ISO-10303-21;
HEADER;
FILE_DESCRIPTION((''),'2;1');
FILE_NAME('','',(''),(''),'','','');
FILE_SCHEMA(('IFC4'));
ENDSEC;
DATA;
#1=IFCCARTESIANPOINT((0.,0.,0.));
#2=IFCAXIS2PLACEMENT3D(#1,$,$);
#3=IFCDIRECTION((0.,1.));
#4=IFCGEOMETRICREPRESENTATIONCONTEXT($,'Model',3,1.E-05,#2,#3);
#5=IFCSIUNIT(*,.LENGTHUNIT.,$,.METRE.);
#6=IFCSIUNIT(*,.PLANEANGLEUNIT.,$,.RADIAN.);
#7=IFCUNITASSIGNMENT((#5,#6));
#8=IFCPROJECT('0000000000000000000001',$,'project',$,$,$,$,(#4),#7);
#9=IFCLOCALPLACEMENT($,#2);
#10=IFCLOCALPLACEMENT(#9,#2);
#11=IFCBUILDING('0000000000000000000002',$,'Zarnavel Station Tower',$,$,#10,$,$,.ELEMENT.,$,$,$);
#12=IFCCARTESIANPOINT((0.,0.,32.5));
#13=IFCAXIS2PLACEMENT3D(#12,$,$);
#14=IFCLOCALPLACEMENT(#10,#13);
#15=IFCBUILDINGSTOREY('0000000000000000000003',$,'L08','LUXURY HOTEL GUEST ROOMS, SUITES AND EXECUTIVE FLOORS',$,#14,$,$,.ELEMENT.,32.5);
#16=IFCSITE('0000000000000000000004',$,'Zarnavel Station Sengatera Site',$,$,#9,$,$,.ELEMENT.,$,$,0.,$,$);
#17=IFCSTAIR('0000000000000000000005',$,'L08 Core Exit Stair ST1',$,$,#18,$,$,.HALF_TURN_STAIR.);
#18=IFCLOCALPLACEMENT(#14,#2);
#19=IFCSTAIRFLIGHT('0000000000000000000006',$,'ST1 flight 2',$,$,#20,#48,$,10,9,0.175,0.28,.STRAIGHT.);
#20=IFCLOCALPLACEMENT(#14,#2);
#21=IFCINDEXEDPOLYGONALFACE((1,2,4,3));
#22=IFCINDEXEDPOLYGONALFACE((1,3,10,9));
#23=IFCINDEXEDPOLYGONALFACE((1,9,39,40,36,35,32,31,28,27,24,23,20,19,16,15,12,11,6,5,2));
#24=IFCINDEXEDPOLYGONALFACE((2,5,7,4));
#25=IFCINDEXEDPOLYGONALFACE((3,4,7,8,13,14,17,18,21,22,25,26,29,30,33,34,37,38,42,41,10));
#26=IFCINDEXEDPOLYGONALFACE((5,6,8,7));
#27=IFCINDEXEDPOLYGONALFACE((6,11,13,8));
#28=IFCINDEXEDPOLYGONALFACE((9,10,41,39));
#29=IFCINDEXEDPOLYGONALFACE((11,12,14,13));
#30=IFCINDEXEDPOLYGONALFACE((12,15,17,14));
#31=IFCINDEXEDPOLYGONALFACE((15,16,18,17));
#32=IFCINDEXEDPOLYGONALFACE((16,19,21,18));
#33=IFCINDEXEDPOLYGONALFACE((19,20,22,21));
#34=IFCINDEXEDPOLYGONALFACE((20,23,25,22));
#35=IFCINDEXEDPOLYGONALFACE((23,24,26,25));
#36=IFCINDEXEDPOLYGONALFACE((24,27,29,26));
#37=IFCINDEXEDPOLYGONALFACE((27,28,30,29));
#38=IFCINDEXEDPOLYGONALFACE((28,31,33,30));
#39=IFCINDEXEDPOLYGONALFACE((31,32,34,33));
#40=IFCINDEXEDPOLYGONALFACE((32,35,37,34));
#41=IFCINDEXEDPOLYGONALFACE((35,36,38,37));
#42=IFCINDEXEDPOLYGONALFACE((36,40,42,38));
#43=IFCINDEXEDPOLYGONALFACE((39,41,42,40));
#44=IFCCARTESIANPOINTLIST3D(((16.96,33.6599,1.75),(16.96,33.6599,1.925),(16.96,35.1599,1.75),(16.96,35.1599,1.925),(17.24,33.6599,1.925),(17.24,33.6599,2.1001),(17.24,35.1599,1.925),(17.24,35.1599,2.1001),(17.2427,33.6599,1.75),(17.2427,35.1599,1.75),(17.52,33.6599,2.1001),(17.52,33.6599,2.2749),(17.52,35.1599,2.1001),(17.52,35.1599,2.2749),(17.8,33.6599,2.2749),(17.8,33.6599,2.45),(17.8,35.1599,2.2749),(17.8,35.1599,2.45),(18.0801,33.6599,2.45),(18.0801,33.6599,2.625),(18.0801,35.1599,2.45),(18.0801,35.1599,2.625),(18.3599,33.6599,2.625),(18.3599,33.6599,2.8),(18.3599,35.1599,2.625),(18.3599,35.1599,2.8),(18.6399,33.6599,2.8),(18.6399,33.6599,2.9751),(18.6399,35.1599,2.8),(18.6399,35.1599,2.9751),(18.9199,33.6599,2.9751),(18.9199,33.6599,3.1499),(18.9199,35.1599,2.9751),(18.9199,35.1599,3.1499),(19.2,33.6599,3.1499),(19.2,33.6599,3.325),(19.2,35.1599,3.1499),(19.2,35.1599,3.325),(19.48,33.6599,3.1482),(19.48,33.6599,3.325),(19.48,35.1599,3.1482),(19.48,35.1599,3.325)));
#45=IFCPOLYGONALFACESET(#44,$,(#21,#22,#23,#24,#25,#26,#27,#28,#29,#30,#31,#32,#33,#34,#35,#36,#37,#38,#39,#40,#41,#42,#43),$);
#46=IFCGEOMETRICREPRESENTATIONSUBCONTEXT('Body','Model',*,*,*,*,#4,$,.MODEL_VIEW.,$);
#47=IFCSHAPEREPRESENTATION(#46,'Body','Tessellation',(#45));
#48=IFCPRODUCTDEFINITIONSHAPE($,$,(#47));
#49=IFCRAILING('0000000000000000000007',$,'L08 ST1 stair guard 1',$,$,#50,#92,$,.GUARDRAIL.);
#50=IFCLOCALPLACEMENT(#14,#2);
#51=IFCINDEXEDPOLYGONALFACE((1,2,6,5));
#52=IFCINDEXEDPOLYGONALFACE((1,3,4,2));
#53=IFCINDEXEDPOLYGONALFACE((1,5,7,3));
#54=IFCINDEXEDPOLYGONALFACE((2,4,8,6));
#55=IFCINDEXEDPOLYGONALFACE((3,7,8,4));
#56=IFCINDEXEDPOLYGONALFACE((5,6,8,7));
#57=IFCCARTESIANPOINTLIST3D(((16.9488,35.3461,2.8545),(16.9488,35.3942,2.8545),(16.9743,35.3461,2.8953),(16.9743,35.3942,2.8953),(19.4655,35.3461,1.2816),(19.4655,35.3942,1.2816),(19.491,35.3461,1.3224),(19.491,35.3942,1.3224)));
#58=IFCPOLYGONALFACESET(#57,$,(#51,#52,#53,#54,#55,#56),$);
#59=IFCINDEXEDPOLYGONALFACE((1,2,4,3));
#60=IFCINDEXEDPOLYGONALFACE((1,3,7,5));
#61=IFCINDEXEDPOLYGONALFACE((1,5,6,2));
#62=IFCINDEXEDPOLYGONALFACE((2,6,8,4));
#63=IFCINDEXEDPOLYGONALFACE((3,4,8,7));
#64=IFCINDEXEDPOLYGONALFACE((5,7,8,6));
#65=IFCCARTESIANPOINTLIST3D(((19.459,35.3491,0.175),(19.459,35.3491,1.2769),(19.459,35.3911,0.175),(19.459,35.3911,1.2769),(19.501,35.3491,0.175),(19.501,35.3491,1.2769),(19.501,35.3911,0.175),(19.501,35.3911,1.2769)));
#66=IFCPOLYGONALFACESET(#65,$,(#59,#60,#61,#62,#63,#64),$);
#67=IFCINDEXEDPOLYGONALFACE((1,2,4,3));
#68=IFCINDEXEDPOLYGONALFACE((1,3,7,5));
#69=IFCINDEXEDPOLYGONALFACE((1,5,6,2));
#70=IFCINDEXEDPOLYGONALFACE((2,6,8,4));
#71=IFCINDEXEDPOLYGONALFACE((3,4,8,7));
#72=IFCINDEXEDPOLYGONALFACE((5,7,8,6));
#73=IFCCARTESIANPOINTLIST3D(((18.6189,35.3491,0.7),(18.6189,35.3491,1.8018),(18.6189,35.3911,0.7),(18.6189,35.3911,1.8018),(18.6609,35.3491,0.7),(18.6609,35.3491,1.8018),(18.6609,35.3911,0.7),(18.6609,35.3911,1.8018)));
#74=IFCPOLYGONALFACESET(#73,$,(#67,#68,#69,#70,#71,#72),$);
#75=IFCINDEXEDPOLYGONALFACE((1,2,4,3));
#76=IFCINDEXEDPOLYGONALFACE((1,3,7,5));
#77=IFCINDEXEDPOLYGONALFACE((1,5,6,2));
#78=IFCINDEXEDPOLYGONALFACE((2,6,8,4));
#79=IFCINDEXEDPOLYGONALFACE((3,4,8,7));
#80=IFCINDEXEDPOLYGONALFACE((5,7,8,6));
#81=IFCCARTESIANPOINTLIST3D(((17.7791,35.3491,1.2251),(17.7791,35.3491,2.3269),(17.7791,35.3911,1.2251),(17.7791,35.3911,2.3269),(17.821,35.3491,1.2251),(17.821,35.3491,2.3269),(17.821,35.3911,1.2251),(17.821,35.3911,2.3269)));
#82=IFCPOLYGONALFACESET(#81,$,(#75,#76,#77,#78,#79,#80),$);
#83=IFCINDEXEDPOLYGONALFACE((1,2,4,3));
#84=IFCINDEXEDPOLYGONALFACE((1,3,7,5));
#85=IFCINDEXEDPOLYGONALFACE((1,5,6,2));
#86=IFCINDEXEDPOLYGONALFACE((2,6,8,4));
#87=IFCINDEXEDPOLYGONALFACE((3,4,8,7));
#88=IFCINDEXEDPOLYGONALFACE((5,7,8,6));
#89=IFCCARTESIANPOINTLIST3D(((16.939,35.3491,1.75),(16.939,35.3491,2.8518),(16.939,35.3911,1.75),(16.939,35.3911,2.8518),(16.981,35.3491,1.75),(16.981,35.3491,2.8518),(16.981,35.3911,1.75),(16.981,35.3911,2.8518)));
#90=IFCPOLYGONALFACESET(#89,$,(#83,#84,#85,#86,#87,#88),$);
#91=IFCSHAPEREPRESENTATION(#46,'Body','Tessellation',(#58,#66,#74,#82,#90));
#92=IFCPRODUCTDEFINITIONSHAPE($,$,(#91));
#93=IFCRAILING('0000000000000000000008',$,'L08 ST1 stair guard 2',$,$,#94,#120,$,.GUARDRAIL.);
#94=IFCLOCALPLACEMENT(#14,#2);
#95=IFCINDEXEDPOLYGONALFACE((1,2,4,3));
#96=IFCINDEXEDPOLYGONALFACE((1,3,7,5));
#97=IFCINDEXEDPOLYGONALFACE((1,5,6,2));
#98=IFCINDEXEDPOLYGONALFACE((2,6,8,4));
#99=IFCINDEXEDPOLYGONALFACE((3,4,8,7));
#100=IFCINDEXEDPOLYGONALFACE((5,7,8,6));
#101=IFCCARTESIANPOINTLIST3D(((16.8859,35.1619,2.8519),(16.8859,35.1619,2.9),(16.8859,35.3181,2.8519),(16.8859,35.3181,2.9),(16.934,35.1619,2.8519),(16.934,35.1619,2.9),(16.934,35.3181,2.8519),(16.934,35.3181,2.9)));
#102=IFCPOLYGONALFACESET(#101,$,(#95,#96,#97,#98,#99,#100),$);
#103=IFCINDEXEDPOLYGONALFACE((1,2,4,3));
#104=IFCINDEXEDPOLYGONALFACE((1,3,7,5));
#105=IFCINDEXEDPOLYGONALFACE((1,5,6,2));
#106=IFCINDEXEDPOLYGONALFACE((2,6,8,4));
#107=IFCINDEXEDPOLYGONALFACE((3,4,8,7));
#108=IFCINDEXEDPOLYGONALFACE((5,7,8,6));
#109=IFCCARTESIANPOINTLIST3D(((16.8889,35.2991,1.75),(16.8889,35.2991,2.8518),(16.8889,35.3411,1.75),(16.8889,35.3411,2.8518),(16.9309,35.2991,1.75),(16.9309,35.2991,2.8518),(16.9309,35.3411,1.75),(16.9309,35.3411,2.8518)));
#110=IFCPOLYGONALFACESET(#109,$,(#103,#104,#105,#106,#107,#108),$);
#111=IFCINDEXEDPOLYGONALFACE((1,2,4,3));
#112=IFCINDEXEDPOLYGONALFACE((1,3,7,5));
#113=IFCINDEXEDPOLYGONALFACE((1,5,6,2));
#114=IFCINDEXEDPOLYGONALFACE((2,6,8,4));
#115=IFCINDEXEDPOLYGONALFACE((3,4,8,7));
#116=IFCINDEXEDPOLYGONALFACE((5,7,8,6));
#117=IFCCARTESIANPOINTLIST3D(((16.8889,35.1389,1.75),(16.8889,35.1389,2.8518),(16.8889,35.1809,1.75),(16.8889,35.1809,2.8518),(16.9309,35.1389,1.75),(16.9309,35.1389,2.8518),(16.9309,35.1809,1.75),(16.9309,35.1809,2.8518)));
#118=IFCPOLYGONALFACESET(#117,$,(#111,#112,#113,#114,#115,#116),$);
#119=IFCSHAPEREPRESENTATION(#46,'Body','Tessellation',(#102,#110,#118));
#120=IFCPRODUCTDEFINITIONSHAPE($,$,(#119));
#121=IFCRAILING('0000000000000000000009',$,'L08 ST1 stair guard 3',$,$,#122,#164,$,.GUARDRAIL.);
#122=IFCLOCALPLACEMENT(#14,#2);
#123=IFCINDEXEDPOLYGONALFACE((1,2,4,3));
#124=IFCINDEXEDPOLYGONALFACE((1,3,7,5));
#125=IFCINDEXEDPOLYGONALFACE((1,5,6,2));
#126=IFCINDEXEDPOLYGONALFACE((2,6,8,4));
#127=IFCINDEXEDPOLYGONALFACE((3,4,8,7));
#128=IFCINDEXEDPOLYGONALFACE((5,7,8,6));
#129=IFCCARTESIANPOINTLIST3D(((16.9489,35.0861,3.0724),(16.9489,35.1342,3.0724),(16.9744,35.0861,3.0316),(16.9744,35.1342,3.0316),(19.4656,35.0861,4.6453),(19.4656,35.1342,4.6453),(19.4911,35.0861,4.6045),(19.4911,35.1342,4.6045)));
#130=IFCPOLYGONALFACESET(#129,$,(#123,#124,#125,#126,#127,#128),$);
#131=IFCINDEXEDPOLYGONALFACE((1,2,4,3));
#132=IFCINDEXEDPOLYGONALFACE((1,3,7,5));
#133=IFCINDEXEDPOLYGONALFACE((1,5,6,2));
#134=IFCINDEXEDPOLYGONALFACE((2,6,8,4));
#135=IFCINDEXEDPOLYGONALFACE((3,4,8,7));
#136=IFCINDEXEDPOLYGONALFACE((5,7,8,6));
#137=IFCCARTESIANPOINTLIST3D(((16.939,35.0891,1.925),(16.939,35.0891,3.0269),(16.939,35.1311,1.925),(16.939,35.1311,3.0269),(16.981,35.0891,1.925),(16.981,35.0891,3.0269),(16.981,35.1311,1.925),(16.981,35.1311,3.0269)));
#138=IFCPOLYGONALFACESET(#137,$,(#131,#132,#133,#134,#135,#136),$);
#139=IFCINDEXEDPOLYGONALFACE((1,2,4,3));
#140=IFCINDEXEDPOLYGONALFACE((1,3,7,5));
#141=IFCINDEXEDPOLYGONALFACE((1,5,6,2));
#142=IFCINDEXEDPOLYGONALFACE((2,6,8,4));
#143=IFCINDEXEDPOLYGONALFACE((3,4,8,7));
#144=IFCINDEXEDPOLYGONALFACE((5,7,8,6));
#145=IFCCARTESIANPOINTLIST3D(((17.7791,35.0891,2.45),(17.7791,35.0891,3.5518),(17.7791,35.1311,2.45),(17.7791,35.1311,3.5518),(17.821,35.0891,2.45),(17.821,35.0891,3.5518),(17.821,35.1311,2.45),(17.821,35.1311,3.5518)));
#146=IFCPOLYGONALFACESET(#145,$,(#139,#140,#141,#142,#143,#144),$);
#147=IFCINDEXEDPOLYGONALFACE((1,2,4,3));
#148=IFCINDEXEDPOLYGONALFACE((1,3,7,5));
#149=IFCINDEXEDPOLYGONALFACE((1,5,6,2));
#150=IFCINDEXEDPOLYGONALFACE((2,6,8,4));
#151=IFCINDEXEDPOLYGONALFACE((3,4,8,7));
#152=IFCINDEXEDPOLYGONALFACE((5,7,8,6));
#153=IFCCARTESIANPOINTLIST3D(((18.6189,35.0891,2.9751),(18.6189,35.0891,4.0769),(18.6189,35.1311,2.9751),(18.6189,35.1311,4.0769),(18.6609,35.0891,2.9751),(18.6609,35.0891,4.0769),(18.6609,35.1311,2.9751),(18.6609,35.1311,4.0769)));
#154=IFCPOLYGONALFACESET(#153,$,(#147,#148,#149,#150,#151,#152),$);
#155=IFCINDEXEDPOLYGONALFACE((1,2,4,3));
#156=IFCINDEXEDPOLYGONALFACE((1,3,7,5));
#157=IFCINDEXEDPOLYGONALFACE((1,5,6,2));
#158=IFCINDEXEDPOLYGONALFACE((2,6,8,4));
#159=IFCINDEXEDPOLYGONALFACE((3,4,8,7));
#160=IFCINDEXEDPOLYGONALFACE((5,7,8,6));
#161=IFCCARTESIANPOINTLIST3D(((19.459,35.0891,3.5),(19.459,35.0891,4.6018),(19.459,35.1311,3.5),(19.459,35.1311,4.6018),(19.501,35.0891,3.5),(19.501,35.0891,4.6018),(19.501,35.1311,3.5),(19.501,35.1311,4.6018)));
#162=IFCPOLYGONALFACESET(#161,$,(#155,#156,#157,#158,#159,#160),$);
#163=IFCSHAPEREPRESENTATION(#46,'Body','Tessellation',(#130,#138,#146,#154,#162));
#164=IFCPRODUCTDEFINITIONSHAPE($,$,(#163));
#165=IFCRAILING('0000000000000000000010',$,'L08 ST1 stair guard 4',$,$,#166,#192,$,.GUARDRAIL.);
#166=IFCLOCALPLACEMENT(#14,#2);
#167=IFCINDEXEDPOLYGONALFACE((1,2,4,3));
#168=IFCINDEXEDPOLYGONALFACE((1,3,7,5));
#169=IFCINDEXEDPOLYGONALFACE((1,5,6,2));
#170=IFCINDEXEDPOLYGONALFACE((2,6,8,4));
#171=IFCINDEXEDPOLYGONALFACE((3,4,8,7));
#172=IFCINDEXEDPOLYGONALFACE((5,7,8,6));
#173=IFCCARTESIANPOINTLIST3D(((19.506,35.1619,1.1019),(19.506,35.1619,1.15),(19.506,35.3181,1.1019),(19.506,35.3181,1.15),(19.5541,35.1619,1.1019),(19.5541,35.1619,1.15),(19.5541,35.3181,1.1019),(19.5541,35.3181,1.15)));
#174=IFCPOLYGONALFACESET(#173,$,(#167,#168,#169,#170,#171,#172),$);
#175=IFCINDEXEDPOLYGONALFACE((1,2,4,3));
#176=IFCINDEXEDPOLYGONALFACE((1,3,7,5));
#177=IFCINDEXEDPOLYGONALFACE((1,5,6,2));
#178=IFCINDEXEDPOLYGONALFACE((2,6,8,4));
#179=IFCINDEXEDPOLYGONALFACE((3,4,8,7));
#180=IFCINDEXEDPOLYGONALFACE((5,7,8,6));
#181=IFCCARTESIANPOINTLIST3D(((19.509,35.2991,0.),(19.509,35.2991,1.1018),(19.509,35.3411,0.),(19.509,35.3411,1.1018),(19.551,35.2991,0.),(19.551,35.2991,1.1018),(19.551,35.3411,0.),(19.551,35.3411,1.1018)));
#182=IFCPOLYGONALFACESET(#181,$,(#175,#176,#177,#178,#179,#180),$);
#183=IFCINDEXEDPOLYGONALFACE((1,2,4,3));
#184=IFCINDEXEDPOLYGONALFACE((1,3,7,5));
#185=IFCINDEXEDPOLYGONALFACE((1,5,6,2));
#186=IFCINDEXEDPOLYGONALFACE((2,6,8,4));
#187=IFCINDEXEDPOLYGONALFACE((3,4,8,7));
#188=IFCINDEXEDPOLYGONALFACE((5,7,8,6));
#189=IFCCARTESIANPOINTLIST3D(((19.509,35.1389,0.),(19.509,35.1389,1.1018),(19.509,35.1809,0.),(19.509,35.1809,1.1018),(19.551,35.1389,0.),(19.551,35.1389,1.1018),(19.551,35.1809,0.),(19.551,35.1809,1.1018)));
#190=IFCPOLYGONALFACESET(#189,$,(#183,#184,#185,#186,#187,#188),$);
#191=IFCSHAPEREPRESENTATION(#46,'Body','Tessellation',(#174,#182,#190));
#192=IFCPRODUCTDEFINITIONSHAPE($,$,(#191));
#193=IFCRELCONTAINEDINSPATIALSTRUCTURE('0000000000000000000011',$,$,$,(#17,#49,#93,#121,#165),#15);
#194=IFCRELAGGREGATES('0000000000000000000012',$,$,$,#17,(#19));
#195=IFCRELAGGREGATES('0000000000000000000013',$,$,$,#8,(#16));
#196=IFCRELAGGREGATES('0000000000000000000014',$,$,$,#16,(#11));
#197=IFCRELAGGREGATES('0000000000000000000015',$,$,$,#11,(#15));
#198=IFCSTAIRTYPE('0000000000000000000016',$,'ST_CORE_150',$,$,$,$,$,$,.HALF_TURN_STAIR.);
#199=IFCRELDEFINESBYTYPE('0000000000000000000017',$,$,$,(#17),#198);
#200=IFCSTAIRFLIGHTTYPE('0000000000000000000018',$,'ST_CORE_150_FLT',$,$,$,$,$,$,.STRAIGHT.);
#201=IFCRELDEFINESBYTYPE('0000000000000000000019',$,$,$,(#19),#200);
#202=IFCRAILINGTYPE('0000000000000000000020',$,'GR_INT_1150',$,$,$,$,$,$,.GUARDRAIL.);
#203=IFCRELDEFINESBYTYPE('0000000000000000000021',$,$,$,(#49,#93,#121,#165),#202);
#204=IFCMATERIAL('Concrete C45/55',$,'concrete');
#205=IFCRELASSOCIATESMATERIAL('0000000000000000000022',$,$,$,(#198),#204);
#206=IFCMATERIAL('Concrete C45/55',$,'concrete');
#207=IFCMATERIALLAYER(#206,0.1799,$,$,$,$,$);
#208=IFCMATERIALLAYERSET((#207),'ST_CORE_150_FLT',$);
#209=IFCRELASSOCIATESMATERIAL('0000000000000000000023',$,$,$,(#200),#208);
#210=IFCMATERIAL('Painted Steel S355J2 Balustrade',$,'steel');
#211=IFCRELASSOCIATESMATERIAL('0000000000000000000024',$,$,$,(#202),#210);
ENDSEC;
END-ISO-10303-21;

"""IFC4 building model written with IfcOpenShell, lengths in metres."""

from ifc_helpers import new_model, si_unit, direction, frame, origin, origin_2d, place, context, subcontext, project, spatial, polyline, rectangle, outline, extrude, material, layer, layer_set, type_object, element, aggregate, save


model = new_model("IFC4")

# Units and contexts
model_context = context("Model", 3, precision=1e-05, world=origin(), true_north=direction((0.0, 1.0)))
body_context = subcontext(model_context, "Body", "Model", "MODEL_VIEW")
ifc_project = project(units=[si_unit("LENGTHUNIT", "METRE"), si_unit("PLANEANGLEUNIT", "RADIAN")], contexts=[model_context])

# Site, building, storey
site_placement = place(None, origin())
site = spatial("IfcSite", under=ifc_project, at=site_placement, Name="Zarnavel Station Sengatera Site", CompositionType="ELEMENT", RefElevation=0.0)
building_placement = place(site_placement, origin())
building = spatial("IfcBuilding", under=site, at=building_placement, Name="Zarnavel Station Tower", CompositionType="ELEMENT")
storey_placement = place(building_placement, frame((0.0, 0.0, 32.5)))
storey = spatial("IfcBuildingStorey", under=building, at=storey_placement, Name="L08", Description="LUXURY HOTEL GUEST ROOMS, SUITES AND EXECUTIVE FLOORS", CompositionType="ELEMENT", Elevation=32.5)

# Stair, stair flight
ifc_material_1 = material(Name="Concrete C45/55", Category="concrete")
stair_type = type_object("IfcStairType", Name="ST_CORE_150", PredefinedType="HALF_TURN_STAIR", material=ifc_material_1)
stair_placement = place(storey_placement, origin())
stair = element("IfcStair", 1, at=stair_placement, inside=storey, type_object=stair_type, Name="L08 Core Exit Stair ST1", PredefinedType="HALF_TURN_STAIR")
ifc_material_2 = material(Name="Concrete C45/55", Category="concrete")
ifc_layer_1 = layer(ifc_material_2, 0.1799)
ifc_layer_set_1 = layer_set([ifc_layer_1], Name="ST_CORE_150_FLT")
stair_flight_type = type_object("IfcStairFlightType", Name="ST_CORE_150_FLT", PredefinedType="STRAIGHT", material=ifc_layer_set_1)
stair_flight_1_placement = place(storey_placement, frame((16.96, 34.4099, 1.75), z_axis=(0.0, 0.0, 1.0), x_axis=(1.0, 0.0, 0.0)))
stair_flight_1 = element("IfcStairFlight", 2, at=stair_flight_1_placement, type_object=stair_flight_type, Name="ST1 flight 2", NumberOfRisers=10, NumberOfTreads=9, PredefinedType="STRAIGHT", RiserHeight=0.175, TreadLength=0.28, context=body_context, shape_type="SweptSolid", body=[
    extrude(outline(polyline([(0.0, 0.0), (0.0, 0.175), (0.28, 0.175), (0.28, 0.3501), (0.5601, 0.3501), (0.5601, 0.5249), (0.8401, 0.5249), (0.8401, 0.7), (1.1201, 0.7), (1.1201, 0.875), (1.3999, 0.875), (1.3999, 1.05), (1.6799, 1.05), (1.6799, 1.2251), (1.96, 1.2251), (1.96, 1.3999), (2.24, 1.3999), (2.24, 1.575), (2.52, 1.575), (2.52, 1.75), (2.52, 1.3982), (0.2827, 0.0), (0.0, 0.0)])), frame((0.0, 0.75, 0.0), z_axis=(0.0, -1.0, 0.0), x_axis=(1.0, 0.0, 0.0)), (0.0, 0.0, 1.0), 1.5),
])
aggregate(stair, [stair_flight_1])

# Railings
ifc_material_3 = material(Name="Painted Steel S355J2 Balustrade", Category="steel")
railing_type_1 = type_object("IfcRailingType", Name="GR_INT_1150", PredefinedType="GUARDRAIL", material=ifc_material_3)
railing_1_placement = place(storey_placement, frame((19.48, 35.3701, 0.175)))
element("IfcRailing", 3, at=railing_1_placement, inside=storey, type_object=railing_type_1, Name="L08 ST1 stair guard 1", PredefinedType="GUARDRAIL", context=body_context, shape_type="SweptSolid", body=[
    extrude(rectangle(XDim=0.0481, YDim=0.0481, at=origin_2d()), frame((-0.0017, 0.0, 1.127), z_axis=(-0.848008, 0.0, 0.529984), x_axis=(0.0, -1.0, 0.0)), (0.0, 0.0, 1.0), 2.9678),
    extrude(rectangle(XDim=0.042, YDim=0.042, at=origin_2d()), origin(), (0.0, 0.0, 1.0), 1.1018),
    extrude(rectangle(XDim=0.042, YDim=0.042, at=origin_2d()), frame((-0.8401, 0.0, 0.5249)), (0.0, 0.0, 1.0), 1.1018),
    extrude(rectangle(XDim=0.042, YDim=0.042, at=origin_2d()), frame((-1.6799, 0.0, 1.05)), (0.0, 0.0, 1.0), 1.1018),
    extrude(rectangle(XDim=0.042, YDim=0.042, at=origin_2d()), frame((-2.52, 0.0, 1.575)), (0.0, 0.0, 1.0), 1.1018),
])
railing_2_placement = place(storey_placement, frame((16.9099, 35.3201, 1.75)))
element("IfcRailing", 4, at=railing_2_placement, inside=storey, type_object=railing_type_1, Name="L08 ST1 stair guard 2", PredefinedType="GUARDRAIL", context=body_context, shape_type="SweptSolid", body=[
    extrude(rectangle(XDim=0.0481, YDim=0.0481, at=origin_2d()), frame((0.0, -0.002, 1.126), z_axis=(0.0, -1.0, 0.0), x_axis=(1.0, 0.0, 0.0)), (0.0, 0.0, 1.0), 0.1562),
    extrude(rectangle(XDim=0.042, YDim=0.042, at=origin_2d()), origin(), (0.0, 0.0, 1.0), 1.1018),
    extrude(rectangle(XDim=0.042, YDim=0.042, at=origin_2d()), frame((0.0, -0.1602, 0.0)), (0.0, 0.0, 1.0), 1.1018),
])
railing_3_placement = place(storey_placement, frame((16.96, 35.1101, 1.925)))
element("IfcRailing", 5, at=railing_3_placement, inside=storey, type_object=railing_type_1, Name="L08 ST1 stair guard 3", PredefinedType="GUARDRAIL", context=body_context, shape_type="SweptSolid", body=[
    extrude(rectangle(XDim=0.0481, YDim=0.0481, at=origin_2d()), frame((0.0017, 0.0, 1.127), z_axis=(0.848008, 0.0, 0.529984), x_axis=(0.0, 1.0, 0.0)), (0.0, 0.0, 1.0), 2.9678),
    extrude(rectangle(XDim=0.042, YDim=0.042, at=origin_2d()), origin(), (0.0, 0.0, 1.0), 1.1018),
    extrude(rectangle(XDim=0.042, YDim=0.042, at=origin_2d()), frame((0.8401, 0.0, 0.5249)), (0.0, 0.0, 1.0), 1.1018),
    extrude(rectangle(XDim=0.042, YDim=0.042, at=origin_2d()), frame((1.6799, 0.0, 1.05)), (0.0, 0.0, 1.0), 1.1018),
    extrude(rectangle(XDim=0.042, YDim=0.042, at=origin_2d()), frame((2.52, 0.0, 1.575)), (0.0, 0.0, 1.0), 1.1018),
])
railing_4_placement = place(storey_placement, frame((19.53, 35.3201, 0.0)))
element("IfcRailing", 6, at=railing_4_placement, inside=storey, type_object=railing_type_1, Name="L08 ST1 stair guard 4", PredefinedType="GUARDRAIL", context=body_context, shape_type="SweptSolid", body=[
    extrude(rectangle(XDim=0.0481, YDim=0.0481, at=origin_2d()), frame((0.0, -0.002, 1.126), z_axis=(0.0, -1.0, 0.0), x_axis=(1.0, 0.0, 0.0)), (0.0, 0.0, 1.0), 0.1562),
    extrude(rectangle(XDim=0.042, YDim=0.042, at=origin_2d()), origin(), (0.0, 0.0, 1.0), 1.1018),
    extrude(rectangle(XDim=0.042, YDim=0.042, at=origin_2d()), frame((0.0, -0.1602, 0.0)), (0.0, 0.0, 1.0), 1.1018),
])

save(model, "model.ifc")
